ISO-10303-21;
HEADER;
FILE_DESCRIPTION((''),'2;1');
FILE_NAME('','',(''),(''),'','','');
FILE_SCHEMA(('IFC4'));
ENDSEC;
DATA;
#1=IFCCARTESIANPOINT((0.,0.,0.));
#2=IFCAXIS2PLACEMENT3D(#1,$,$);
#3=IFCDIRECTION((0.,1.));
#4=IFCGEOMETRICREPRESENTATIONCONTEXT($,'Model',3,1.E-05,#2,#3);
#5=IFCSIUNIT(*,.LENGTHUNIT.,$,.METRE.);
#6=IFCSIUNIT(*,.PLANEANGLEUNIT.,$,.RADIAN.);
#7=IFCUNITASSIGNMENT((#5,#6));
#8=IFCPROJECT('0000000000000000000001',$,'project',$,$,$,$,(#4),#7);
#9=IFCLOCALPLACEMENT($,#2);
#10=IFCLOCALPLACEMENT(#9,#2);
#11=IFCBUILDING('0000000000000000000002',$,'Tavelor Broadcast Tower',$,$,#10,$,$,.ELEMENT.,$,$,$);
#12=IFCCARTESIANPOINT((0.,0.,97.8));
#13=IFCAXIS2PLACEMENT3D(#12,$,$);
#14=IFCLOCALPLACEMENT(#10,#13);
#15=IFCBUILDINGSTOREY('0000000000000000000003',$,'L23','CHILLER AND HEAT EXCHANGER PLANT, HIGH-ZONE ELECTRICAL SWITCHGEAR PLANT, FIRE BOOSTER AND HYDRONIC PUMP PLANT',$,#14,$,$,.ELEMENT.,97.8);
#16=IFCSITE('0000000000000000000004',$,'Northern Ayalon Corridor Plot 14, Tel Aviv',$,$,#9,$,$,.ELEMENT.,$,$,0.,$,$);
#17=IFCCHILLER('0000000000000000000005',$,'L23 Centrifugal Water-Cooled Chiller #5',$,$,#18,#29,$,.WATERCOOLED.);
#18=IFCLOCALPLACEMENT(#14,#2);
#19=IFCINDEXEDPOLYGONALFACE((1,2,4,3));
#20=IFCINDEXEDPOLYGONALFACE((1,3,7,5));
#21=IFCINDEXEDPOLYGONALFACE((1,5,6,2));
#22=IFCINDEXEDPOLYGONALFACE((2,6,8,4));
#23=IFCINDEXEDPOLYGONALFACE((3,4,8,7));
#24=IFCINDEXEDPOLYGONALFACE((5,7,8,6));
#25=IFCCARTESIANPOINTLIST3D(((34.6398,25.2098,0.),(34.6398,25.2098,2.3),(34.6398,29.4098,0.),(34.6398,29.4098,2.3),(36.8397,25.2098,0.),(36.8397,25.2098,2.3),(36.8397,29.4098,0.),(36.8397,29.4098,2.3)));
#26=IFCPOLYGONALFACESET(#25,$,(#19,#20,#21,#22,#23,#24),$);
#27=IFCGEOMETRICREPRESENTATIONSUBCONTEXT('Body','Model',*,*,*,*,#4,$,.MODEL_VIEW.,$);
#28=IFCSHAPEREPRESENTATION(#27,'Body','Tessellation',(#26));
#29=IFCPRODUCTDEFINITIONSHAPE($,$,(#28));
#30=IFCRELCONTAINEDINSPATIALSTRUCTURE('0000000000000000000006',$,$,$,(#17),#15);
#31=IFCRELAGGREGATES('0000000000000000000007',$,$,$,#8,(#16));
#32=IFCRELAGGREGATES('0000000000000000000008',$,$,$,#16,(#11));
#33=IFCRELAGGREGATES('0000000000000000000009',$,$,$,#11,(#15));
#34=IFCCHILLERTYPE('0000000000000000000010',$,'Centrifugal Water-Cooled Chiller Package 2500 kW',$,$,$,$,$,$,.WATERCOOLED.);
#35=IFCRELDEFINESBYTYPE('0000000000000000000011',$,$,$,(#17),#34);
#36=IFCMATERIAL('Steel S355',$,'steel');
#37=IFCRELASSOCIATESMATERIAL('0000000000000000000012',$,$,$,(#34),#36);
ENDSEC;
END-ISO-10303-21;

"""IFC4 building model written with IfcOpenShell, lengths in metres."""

from ifc_helpers import new_model, si_unit, direction, frame, origin, origin_2d, place, context, subcontext, project, spatial, rectangle, extrude, material, type_object, element, save


model = new_model("IFC4")

# Units and contexts
model_context = context("Model", 3, precision=1e-05, world=origin(), true_north=direction((0.0, 1.0)))
body_context = subcontext(model_context, "Body", "Model", "MODEL_VIEW")
ifc_project = project(units=[si_unit("LENGTHUNIT", "METRE"), si_unit("PLANEANGLEUNIT", "RADIAN")], contexts=[model_context])

# Site, building, storey
site_placement = place(None, origin())
site = spatial("IfcSite", under=ifc_project, at=site_placement, Name="Northern Ayalon Corridor Plot 14, Tel Aviv", CompositionType="ELEMENT", RefElevation=0.0)
building_placement = place(site_placement, origin())
building = spatial("IfcBuilding", under=site, at=building_placement, Name="Tavelor Broadcast Tower", CompositionType="ELEMENT")
storey_placement = place(building_placement, frame((0.0, 0.0, 97.8)))
storey = spatial("IfcBuildingStorey", under=building, at=storey_placement, Name="L23", Description="CHILLER AND HEAT EXCHANGER PLANT, HIGH-ZONE ELECTRICAL SWITCHGEAR PLANT, FIRE BOOSTER AND HYDRONIC PUMP PLANT", CompositionType="ELEMENT", Elevation=97.8)

# Shared definitions
ifc_material_1 = material(Name="Steel S355", Category="steel")

# Chiller
chiller_type = type_object("IfcChillerType", Name="Centrifugal Water-Cooled Chiller Package 2500 kW", PredefinedType="WATERCOOLED", material=ifc_material_1)
chiller_placement = place(storey_placement, frame((35.7397, 27.3098, 0.0), z_axis=(0.0, 0.0, 1.0), x_axis=(1.0, 0.0, 0.0)))
element("IfcChiller", 1, at=chiller_placement, inside=storey, type_object=chiller_type, Name="L23 Centrifugal Water-Cooled Chiller #5", PredefinedType="WATERCOOLED", context=body_context, shape_type="SweptSolid", body=[
    extrude(rectangle(XDim=2.2, YDim=4.2, at=origin_2d()), origin(), (0.0, 0.0, 1.0), 2.3),
])

save(model, "model.ifc")
